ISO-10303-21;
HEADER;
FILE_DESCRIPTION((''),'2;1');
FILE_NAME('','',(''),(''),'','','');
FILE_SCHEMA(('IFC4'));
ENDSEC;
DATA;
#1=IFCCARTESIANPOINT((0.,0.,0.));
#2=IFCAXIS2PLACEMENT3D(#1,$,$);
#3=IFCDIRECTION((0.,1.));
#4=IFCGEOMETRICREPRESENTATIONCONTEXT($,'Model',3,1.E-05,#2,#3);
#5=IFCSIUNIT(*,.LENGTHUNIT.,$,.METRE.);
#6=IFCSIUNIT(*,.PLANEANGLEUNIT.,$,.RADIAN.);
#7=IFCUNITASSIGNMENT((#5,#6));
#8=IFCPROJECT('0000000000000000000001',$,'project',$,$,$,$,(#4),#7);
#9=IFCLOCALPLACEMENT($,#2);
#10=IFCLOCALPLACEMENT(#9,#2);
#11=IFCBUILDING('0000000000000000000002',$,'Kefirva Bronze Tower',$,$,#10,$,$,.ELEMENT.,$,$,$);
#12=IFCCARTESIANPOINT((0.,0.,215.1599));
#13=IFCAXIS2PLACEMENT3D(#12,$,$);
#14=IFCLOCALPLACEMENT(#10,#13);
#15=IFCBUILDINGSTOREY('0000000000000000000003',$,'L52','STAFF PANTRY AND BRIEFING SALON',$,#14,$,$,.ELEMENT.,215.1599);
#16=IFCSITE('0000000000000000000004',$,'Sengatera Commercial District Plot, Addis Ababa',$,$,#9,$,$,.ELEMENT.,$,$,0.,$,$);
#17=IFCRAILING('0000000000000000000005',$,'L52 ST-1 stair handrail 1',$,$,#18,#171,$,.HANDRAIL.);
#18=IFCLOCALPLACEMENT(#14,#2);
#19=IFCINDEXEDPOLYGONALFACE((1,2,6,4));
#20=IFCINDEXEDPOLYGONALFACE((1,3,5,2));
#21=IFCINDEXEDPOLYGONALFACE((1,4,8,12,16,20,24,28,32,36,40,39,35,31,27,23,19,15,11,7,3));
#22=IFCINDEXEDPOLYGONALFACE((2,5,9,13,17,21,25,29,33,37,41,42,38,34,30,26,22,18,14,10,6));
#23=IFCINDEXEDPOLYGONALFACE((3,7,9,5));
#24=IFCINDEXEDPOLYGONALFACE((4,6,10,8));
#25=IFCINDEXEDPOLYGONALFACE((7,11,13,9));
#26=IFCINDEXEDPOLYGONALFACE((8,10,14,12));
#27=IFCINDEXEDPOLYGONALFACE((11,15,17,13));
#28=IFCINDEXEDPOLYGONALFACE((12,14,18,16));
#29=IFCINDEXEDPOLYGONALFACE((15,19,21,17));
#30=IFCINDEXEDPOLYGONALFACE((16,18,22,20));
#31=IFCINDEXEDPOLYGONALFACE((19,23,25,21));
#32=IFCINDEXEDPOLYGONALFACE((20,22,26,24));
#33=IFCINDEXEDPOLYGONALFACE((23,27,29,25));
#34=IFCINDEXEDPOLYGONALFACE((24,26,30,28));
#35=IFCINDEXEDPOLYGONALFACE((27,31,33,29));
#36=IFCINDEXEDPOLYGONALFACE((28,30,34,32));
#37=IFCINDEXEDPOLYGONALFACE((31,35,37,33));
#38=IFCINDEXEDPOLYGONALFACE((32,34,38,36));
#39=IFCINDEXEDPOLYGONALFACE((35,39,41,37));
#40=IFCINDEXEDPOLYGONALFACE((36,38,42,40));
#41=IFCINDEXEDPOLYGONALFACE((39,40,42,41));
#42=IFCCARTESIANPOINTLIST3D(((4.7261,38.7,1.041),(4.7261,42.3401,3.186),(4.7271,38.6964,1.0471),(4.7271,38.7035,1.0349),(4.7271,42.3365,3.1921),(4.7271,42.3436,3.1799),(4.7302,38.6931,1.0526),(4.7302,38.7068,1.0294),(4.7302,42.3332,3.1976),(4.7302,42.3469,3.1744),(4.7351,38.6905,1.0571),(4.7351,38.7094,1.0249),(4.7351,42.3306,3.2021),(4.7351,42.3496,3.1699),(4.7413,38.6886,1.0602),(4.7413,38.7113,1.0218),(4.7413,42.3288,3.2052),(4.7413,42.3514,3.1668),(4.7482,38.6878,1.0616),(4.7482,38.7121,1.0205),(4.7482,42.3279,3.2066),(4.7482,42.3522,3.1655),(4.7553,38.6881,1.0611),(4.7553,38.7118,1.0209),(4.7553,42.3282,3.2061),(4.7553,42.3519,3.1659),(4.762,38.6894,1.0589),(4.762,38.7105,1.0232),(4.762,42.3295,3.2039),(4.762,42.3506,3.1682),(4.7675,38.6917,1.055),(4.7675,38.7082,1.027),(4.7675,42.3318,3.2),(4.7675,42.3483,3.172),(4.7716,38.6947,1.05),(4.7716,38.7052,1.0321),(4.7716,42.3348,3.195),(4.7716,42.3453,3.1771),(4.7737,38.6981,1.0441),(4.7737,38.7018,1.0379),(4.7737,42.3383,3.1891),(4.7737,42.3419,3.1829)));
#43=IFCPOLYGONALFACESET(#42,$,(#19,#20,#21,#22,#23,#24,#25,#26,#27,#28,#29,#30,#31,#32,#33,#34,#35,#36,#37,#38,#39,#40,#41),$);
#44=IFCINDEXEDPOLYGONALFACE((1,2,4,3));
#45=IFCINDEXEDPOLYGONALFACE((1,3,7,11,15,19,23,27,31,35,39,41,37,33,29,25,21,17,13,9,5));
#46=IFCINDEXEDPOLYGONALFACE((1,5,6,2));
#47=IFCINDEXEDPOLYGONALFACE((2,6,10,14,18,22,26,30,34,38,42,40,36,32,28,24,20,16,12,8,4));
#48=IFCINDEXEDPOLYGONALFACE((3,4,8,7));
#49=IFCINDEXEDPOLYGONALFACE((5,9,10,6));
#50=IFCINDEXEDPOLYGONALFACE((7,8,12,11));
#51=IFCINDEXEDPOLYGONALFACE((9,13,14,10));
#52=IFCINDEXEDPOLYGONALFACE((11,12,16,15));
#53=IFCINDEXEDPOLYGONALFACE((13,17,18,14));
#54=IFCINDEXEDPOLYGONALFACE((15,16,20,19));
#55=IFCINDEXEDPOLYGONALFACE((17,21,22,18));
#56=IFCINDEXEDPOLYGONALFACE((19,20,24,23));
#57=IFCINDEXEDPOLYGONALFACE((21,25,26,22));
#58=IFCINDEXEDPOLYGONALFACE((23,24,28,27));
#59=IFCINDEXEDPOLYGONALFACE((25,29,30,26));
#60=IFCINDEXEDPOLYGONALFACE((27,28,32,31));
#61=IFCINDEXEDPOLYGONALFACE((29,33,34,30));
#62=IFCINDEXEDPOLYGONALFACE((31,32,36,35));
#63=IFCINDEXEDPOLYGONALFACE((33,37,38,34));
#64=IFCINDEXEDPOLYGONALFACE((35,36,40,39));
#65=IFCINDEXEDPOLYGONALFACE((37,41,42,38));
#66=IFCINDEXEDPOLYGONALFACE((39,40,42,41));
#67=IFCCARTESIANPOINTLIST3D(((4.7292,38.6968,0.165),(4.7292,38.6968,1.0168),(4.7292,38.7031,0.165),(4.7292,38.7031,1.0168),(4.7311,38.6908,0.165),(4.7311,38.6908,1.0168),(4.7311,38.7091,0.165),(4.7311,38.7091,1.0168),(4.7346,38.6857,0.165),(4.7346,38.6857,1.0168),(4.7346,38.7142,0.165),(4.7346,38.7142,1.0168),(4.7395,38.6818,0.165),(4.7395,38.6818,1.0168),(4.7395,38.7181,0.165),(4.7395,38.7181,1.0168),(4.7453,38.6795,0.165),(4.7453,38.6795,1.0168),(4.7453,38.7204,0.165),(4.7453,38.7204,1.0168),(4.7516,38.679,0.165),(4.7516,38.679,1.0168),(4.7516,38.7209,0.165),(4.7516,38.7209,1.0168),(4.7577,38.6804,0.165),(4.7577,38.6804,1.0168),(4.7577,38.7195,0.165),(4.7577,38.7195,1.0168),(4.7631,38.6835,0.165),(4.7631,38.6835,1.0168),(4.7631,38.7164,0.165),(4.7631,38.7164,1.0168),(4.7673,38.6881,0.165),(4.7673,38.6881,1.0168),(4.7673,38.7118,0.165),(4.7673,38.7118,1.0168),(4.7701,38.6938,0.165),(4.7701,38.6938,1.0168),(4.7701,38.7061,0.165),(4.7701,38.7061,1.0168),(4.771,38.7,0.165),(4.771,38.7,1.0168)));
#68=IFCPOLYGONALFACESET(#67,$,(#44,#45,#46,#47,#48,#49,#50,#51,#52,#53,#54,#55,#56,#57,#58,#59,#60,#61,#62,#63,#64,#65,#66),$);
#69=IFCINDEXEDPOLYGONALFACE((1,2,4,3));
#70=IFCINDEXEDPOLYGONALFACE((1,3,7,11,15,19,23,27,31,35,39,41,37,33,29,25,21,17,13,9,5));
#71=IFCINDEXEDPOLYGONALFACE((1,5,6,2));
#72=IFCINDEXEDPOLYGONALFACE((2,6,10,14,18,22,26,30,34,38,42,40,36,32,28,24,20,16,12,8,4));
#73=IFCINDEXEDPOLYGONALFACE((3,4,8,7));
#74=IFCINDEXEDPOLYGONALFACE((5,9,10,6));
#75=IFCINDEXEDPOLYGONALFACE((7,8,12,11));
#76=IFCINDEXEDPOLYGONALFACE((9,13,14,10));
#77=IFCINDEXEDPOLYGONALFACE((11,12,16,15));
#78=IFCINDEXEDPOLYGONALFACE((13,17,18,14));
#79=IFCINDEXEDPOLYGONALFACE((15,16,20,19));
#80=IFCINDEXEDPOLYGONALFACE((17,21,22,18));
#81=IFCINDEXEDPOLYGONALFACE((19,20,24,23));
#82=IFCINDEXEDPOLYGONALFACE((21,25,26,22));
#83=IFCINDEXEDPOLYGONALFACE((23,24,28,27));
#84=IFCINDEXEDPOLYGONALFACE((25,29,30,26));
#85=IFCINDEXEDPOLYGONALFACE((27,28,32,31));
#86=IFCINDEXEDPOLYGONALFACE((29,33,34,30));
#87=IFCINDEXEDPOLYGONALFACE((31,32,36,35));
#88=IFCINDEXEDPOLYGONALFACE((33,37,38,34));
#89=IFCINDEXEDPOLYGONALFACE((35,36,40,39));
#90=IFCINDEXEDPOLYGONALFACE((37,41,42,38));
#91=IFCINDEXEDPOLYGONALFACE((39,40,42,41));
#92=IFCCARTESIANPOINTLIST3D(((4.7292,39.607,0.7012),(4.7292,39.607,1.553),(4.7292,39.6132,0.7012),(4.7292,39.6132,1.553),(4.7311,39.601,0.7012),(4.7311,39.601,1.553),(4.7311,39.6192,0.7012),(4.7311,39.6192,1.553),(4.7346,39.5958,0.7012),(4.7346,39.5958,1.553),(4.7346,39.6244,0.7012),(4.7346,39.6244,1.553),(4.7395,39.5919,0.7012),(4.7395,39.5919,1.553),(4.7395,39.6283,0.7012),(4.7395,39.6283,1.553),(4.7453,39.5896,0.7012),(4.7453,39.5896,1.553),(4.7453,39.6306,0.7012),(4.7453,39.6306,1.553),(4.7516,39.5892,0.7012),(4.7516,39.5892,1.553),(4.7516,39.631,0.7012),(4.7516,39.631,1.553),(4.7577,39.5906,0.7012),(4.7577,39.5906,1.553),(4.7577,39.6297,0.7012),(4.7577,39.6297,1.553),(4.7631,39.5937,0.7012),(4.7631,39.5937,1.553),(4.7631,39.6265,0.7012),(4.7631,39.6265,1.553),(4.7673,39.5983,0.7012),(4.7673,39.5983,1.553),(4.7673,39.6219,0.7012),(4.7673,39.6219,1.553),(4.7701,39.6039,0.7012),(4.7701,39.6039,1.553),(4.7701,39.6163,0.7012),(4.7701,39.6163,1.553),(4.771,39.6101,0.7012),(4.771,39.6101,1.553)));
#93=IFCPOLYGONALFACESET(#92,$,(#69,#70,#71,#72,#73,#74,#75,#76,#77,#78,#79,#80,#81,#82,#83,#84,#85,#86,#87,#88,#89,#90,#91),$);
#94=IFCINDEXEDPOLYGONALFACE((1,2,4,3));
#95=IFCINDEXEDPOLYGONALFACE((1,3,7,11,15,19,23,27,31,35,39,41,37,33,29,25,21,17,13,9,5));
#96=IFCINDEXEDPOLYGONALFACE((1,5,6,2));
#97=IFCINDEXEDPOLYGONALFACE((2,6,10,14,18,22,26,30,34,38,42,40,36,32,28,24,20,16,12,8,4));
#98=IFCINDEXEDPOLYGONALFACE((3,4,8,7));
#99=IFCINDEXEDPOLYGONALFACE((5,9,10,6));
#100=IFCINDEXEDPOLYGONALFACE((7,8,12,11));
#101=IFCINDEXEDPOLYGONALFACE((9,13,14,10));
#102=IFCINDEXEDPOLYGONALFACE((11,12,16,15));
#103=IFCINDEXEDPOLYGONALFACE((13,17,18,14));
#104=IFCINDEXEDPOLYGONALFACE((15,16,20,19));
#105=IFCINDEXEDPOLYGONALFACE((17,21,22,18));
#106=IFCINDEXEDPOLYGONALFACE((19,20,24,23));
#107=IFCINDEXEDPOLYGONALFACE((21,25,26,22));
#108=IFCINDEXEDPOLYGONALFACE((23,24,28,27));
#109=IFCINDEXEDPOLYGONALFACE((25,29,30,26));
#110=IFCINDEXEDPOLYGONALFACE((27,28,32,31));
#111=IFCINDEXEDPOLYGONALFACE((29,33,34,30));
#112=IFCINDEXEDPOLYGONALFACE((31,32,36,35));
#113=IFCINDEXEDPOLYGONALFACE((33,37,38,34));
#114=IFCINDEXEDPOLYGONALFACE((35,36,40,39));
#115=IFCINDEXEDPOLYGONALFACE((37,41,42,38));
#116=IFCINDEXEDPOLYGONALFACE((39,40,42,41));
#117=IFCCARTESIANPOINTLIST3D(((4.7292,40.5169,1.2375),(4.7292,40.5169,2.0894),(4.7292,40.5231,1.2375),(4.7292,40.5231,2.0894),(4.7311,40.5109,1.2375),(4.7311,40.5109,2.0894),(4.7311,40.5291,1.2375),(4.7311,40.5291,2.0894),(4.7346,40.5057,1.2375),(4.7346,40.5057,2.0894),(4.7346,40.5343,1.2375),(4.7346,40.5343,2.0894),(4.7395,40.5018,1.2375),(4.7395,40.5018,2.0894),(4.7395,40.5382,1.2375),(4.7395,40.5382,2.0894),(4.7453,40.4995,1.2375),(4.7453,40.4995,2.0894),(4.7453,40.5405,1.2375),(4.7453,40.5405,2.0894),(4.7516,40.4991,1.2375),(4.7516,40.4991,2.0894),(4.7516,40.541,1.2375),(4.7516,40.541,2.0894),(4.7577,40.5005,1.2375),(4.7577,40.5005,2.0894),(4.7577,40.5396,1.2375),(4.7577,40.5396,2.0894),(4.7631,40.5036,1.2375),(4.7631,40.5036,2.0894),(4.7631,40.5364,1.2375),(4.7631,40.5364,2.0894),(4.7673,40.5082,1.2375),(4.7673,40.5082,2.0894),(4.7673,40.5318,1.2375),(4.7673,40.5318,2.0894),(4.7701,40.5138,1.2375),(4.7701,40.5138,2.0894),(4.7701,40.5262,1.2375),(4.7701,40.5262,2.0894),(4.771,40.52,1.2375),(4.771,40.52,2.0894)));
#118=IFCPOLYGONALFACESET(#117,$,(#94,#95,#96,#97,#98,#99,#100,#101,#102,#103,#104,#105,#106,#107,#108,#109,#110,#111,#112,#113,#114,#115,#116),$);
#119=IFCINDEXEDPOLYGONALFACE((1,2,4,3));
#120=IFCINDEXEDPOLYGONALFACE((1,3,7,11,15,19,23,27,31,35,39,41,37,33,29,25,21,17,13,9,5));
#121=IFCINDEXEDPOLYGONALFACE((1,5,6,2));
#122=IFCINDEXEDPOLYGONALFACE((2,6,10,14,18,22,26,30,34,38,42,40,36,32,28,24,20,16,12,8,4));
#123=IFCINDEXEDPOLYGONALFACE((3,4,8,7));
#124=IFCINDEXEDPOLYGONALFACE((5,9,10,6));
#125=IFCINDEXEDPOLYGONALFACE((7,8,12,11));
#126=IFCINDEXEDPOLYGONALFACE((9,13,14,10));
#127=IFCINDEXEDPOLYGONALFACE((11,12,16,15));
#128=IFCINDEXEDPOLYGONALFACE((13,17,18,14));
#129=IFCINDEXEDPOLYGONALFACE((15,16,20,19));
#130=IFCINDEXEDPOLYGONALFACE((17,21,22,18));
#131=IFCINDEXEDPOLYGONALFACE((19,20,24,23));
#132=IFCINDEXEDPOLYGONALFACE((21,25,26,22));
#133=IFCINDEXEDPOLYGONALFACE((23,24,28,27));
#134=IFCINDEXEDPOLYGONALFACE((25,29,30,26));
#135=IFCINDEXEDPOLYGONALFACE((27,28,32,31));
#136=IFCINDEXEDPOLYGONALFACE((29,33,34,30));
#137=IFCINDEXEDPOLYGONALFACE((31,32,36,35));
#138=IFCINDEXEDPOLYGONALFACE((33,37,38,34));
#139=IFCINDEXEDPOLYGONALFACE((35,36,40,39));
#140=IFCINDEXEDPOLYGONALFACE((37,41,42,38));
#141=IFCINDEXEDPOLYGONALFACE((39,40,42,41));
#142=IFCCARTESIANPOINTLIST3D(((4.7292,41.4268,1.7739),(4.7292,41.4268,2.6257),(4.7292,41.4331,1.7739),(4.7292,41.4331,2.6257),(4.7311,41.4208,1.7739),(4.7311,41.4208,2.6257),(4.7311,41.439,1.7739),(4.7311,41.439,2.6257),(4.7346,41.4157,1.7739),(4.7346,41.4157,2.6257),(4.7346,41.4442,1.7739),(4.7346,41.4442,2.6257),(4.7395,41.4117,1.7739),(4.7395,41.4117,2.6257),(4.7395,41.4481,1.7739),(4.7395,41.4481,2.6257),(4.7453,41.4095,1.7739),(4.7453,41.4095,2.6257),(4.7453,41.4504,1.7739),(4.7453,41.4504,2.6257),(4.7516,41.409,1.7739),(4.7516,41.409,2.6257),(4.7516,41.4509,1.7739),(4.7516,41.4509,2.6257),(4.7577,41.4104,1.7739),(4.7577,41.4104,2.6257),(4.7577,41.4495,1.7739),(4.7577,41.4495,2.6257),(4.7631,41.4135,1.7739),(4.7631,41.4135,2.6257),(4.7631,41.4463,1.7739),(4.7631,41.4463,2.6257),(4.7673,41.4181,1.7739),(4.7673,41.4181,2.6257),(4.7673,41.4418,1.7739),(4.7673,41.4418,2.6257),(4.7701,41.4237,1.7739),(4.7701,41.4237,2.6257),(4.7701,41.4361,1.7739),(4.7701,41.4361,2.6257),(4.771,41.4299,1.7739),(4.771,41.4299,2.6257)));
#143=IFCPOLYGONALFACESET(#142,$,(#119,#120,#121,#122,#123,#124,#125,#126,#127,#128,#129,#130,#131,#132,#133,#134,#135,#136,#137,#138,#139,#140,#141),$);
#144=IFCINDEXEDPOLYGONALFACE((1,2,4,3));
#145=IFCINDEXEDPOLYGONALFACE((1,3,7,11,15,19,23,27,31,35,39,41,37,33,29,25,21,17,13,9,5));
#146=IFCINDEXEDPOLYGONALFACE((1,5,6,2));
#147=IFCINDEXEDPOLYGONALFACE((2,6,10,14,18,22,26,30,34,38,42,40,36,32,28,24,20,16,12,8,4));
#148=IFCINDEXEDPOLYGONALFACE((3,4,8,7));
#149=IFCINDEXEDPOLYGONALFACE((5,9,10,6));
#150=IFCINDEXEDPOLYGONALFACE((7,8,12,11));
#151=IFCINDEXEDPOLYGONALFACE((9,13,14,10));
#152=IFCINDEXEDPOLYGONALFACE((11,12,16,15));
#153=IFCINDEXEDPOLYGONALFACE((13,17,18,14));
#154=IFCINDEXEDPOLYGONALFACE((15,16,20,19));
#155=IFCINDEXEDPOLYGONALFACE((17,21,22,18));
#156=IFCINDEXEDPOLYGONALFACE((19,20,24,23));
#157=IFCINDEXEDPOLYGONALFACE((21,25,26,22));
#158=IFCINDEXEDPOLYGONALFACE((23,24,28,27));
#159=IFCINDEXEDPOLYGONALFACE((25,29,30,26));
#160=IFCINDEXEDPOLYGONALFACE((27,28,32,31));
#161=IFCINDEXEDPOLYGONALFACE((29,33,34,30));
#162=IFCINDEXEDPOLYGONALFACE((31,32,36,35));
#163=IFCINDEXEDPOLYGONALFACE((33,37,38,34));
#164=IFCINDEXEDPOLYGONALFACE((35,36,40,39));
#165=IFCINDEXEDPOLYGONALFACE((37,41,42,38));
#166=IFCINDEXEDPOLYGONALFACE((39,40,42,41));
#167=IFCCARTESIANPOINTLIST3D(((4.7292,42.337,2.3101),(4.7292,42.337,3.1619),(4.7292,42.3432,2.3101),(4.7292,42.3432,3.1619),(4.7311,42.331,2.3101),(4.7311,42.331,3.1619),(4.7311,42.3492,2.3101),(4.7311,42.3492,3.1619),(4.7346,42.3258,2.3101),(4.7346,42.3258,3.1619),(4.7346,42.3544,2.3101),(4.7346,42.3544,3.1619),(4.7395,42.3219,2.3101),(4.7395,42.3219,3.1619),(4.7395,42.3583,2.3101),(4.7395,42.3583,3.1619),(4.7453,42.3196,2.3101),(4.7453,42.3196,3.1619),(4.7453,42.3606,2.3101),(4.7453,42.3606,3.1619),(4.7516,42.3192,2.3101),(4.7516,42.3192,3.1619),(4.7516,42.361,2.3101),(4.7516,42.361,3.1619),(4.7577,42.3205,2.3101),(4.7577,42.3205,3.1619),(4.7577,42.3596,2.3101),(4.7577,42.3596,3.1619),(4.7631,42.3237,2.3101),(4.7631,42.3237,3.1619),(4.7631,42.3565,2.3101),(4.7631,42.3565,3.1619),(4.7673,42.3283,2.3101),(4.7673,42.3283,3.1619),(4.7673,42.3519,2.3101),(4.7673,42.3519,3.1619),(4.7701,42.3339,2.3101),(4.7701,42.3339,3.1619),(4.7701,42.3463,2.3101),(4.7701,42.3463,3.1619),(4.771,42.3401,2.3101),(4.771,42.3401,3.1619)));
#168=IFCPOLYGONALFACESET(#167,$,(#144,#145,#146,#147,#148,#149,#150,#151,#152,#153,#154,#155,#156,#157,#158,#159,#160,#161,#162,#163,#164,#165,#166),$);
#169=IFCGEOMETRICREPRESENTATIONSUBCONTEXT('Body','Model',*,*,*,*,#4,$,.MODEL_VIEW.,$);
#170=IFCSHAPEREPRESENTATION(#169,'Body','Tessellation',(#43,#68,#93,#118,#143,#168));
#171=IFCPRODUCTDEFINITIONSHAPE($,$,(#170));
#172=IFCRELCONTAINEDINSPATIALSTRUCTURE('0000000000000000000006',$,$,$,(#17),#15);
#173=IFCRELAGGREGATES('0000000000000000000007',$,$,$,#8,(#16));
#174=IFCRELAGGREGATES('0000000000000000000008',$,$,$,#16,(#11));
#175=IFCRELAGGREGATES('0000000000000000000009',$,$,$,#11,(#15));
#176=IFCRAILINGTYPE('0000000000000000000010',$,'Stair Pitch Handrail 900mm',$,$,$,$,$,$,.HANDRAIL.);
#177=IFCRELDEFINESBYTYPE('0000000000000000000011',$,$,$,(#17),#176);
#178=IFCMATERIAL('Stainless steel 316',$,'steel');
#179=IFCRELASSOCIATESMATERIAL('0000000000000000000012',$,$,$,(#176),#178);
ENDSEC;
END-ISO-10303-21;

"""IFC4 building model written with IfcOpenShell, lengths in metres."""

from ifc_helpers import new_model, si_unit, direction, frame, origin, origin_2d, place, context, subcontext, project, spatial, circle, extrude, material, type_object, element, save


model = new_model("IFC4")

# Units and contexts
model_context = context("Model", 3, precision=1e-05, world=origin(), true_north=direction((0.0, 1.0)))
body_context = subcontext(model_context, "Body", "Model", "MODEL_VIEW")
ifc_project = project(units=[si_unit("LENGTHUNIT", "METRE"), si_unit("PLANEANGLEUNIT", "RADIAN")], contexts=[model_context])

# Site, building, storey
site_placement = place(None, origin())
site = spatial("IfcSite", under=ifc_project, at=site_placement, Name="Sengatera Commercial District Plot, Addis Ababa", CompositionType="ELEMENT", RefElevation=0.0)
building_placement = place(site_placement, origin())
building = spatial("IfcBuilding", under=site, at=building_placement, Name="Kefirva Bronze Tower", CompositionType="ELEMENT")
storey_placement = place(building_placement, frame((0.0, 0.0, 215.1599)))
storey = spatial("IfcBuildingStorey", under=building, at=storey_placement, Name="L52", Description="STAFF PANTRY AND BRIEFING SALON", CompositionType="ELEMENT", Elevation=215.1599)

# Shared definitions
ifc_material_1 = material(Name="Stainless steel 316", Category="steel")

# Railing
railing_type_1 = type_object("IfcRailingType", Name="Stair Pitch Handrail 900mm", PredefinedType="HANDRAIL", material=ifc_material_1)
railing_1_placement = place(storey_placement, frame((4.75, 38.7, 0.165)))
element("IfcRailing", 1, at=railing_1_placement, inside=storey, type_object=railing_type_1, Name="L52 ST-1 stair handrail 1", PredefinedType="HANDRAIL", context=body_context, shape_type="SweptSolid", body=[
    extrude(circle(Radius=0.0239, at=origin_2d()), frame((0.0, 0.0, 0.876), z_axis=(0.0, 0.861545, 0.507682), x_axis=(-1.0, 0.0, 0.0)), (0.0, 0.0, 1.0), 4.2251),
    extrude(circle(Radius=0.021, at=origin_2d()), origin(), (0.0, 0.0, 1.0), 0.8518),
    extrude(circle(Radius=0.021, at=origin_2d()), frame((0.0, 0.9102, 0.5361)), (0.0, 0.0, 1.0), 0.8518),
    extrude(circle(Radius=0.021, at=origin_2d()), frame((0.0, 1.8201, 1.0725)), (0.0, 0.0, 1.0), 0.8518),
    extrude(circle(Radius=0.021, at=origin_2d()), frame((0.0, 2.73, 1.6089)), (0.0, 0.0, 1.0), 0.8518),
    extrude(circle(Radius=0.021, at=origin_2d()), frame((0.0, 3.6401, 2.145)), (0.0, 0.0, 1.0), 0.8518),
])

save(model, "model.ifc")
